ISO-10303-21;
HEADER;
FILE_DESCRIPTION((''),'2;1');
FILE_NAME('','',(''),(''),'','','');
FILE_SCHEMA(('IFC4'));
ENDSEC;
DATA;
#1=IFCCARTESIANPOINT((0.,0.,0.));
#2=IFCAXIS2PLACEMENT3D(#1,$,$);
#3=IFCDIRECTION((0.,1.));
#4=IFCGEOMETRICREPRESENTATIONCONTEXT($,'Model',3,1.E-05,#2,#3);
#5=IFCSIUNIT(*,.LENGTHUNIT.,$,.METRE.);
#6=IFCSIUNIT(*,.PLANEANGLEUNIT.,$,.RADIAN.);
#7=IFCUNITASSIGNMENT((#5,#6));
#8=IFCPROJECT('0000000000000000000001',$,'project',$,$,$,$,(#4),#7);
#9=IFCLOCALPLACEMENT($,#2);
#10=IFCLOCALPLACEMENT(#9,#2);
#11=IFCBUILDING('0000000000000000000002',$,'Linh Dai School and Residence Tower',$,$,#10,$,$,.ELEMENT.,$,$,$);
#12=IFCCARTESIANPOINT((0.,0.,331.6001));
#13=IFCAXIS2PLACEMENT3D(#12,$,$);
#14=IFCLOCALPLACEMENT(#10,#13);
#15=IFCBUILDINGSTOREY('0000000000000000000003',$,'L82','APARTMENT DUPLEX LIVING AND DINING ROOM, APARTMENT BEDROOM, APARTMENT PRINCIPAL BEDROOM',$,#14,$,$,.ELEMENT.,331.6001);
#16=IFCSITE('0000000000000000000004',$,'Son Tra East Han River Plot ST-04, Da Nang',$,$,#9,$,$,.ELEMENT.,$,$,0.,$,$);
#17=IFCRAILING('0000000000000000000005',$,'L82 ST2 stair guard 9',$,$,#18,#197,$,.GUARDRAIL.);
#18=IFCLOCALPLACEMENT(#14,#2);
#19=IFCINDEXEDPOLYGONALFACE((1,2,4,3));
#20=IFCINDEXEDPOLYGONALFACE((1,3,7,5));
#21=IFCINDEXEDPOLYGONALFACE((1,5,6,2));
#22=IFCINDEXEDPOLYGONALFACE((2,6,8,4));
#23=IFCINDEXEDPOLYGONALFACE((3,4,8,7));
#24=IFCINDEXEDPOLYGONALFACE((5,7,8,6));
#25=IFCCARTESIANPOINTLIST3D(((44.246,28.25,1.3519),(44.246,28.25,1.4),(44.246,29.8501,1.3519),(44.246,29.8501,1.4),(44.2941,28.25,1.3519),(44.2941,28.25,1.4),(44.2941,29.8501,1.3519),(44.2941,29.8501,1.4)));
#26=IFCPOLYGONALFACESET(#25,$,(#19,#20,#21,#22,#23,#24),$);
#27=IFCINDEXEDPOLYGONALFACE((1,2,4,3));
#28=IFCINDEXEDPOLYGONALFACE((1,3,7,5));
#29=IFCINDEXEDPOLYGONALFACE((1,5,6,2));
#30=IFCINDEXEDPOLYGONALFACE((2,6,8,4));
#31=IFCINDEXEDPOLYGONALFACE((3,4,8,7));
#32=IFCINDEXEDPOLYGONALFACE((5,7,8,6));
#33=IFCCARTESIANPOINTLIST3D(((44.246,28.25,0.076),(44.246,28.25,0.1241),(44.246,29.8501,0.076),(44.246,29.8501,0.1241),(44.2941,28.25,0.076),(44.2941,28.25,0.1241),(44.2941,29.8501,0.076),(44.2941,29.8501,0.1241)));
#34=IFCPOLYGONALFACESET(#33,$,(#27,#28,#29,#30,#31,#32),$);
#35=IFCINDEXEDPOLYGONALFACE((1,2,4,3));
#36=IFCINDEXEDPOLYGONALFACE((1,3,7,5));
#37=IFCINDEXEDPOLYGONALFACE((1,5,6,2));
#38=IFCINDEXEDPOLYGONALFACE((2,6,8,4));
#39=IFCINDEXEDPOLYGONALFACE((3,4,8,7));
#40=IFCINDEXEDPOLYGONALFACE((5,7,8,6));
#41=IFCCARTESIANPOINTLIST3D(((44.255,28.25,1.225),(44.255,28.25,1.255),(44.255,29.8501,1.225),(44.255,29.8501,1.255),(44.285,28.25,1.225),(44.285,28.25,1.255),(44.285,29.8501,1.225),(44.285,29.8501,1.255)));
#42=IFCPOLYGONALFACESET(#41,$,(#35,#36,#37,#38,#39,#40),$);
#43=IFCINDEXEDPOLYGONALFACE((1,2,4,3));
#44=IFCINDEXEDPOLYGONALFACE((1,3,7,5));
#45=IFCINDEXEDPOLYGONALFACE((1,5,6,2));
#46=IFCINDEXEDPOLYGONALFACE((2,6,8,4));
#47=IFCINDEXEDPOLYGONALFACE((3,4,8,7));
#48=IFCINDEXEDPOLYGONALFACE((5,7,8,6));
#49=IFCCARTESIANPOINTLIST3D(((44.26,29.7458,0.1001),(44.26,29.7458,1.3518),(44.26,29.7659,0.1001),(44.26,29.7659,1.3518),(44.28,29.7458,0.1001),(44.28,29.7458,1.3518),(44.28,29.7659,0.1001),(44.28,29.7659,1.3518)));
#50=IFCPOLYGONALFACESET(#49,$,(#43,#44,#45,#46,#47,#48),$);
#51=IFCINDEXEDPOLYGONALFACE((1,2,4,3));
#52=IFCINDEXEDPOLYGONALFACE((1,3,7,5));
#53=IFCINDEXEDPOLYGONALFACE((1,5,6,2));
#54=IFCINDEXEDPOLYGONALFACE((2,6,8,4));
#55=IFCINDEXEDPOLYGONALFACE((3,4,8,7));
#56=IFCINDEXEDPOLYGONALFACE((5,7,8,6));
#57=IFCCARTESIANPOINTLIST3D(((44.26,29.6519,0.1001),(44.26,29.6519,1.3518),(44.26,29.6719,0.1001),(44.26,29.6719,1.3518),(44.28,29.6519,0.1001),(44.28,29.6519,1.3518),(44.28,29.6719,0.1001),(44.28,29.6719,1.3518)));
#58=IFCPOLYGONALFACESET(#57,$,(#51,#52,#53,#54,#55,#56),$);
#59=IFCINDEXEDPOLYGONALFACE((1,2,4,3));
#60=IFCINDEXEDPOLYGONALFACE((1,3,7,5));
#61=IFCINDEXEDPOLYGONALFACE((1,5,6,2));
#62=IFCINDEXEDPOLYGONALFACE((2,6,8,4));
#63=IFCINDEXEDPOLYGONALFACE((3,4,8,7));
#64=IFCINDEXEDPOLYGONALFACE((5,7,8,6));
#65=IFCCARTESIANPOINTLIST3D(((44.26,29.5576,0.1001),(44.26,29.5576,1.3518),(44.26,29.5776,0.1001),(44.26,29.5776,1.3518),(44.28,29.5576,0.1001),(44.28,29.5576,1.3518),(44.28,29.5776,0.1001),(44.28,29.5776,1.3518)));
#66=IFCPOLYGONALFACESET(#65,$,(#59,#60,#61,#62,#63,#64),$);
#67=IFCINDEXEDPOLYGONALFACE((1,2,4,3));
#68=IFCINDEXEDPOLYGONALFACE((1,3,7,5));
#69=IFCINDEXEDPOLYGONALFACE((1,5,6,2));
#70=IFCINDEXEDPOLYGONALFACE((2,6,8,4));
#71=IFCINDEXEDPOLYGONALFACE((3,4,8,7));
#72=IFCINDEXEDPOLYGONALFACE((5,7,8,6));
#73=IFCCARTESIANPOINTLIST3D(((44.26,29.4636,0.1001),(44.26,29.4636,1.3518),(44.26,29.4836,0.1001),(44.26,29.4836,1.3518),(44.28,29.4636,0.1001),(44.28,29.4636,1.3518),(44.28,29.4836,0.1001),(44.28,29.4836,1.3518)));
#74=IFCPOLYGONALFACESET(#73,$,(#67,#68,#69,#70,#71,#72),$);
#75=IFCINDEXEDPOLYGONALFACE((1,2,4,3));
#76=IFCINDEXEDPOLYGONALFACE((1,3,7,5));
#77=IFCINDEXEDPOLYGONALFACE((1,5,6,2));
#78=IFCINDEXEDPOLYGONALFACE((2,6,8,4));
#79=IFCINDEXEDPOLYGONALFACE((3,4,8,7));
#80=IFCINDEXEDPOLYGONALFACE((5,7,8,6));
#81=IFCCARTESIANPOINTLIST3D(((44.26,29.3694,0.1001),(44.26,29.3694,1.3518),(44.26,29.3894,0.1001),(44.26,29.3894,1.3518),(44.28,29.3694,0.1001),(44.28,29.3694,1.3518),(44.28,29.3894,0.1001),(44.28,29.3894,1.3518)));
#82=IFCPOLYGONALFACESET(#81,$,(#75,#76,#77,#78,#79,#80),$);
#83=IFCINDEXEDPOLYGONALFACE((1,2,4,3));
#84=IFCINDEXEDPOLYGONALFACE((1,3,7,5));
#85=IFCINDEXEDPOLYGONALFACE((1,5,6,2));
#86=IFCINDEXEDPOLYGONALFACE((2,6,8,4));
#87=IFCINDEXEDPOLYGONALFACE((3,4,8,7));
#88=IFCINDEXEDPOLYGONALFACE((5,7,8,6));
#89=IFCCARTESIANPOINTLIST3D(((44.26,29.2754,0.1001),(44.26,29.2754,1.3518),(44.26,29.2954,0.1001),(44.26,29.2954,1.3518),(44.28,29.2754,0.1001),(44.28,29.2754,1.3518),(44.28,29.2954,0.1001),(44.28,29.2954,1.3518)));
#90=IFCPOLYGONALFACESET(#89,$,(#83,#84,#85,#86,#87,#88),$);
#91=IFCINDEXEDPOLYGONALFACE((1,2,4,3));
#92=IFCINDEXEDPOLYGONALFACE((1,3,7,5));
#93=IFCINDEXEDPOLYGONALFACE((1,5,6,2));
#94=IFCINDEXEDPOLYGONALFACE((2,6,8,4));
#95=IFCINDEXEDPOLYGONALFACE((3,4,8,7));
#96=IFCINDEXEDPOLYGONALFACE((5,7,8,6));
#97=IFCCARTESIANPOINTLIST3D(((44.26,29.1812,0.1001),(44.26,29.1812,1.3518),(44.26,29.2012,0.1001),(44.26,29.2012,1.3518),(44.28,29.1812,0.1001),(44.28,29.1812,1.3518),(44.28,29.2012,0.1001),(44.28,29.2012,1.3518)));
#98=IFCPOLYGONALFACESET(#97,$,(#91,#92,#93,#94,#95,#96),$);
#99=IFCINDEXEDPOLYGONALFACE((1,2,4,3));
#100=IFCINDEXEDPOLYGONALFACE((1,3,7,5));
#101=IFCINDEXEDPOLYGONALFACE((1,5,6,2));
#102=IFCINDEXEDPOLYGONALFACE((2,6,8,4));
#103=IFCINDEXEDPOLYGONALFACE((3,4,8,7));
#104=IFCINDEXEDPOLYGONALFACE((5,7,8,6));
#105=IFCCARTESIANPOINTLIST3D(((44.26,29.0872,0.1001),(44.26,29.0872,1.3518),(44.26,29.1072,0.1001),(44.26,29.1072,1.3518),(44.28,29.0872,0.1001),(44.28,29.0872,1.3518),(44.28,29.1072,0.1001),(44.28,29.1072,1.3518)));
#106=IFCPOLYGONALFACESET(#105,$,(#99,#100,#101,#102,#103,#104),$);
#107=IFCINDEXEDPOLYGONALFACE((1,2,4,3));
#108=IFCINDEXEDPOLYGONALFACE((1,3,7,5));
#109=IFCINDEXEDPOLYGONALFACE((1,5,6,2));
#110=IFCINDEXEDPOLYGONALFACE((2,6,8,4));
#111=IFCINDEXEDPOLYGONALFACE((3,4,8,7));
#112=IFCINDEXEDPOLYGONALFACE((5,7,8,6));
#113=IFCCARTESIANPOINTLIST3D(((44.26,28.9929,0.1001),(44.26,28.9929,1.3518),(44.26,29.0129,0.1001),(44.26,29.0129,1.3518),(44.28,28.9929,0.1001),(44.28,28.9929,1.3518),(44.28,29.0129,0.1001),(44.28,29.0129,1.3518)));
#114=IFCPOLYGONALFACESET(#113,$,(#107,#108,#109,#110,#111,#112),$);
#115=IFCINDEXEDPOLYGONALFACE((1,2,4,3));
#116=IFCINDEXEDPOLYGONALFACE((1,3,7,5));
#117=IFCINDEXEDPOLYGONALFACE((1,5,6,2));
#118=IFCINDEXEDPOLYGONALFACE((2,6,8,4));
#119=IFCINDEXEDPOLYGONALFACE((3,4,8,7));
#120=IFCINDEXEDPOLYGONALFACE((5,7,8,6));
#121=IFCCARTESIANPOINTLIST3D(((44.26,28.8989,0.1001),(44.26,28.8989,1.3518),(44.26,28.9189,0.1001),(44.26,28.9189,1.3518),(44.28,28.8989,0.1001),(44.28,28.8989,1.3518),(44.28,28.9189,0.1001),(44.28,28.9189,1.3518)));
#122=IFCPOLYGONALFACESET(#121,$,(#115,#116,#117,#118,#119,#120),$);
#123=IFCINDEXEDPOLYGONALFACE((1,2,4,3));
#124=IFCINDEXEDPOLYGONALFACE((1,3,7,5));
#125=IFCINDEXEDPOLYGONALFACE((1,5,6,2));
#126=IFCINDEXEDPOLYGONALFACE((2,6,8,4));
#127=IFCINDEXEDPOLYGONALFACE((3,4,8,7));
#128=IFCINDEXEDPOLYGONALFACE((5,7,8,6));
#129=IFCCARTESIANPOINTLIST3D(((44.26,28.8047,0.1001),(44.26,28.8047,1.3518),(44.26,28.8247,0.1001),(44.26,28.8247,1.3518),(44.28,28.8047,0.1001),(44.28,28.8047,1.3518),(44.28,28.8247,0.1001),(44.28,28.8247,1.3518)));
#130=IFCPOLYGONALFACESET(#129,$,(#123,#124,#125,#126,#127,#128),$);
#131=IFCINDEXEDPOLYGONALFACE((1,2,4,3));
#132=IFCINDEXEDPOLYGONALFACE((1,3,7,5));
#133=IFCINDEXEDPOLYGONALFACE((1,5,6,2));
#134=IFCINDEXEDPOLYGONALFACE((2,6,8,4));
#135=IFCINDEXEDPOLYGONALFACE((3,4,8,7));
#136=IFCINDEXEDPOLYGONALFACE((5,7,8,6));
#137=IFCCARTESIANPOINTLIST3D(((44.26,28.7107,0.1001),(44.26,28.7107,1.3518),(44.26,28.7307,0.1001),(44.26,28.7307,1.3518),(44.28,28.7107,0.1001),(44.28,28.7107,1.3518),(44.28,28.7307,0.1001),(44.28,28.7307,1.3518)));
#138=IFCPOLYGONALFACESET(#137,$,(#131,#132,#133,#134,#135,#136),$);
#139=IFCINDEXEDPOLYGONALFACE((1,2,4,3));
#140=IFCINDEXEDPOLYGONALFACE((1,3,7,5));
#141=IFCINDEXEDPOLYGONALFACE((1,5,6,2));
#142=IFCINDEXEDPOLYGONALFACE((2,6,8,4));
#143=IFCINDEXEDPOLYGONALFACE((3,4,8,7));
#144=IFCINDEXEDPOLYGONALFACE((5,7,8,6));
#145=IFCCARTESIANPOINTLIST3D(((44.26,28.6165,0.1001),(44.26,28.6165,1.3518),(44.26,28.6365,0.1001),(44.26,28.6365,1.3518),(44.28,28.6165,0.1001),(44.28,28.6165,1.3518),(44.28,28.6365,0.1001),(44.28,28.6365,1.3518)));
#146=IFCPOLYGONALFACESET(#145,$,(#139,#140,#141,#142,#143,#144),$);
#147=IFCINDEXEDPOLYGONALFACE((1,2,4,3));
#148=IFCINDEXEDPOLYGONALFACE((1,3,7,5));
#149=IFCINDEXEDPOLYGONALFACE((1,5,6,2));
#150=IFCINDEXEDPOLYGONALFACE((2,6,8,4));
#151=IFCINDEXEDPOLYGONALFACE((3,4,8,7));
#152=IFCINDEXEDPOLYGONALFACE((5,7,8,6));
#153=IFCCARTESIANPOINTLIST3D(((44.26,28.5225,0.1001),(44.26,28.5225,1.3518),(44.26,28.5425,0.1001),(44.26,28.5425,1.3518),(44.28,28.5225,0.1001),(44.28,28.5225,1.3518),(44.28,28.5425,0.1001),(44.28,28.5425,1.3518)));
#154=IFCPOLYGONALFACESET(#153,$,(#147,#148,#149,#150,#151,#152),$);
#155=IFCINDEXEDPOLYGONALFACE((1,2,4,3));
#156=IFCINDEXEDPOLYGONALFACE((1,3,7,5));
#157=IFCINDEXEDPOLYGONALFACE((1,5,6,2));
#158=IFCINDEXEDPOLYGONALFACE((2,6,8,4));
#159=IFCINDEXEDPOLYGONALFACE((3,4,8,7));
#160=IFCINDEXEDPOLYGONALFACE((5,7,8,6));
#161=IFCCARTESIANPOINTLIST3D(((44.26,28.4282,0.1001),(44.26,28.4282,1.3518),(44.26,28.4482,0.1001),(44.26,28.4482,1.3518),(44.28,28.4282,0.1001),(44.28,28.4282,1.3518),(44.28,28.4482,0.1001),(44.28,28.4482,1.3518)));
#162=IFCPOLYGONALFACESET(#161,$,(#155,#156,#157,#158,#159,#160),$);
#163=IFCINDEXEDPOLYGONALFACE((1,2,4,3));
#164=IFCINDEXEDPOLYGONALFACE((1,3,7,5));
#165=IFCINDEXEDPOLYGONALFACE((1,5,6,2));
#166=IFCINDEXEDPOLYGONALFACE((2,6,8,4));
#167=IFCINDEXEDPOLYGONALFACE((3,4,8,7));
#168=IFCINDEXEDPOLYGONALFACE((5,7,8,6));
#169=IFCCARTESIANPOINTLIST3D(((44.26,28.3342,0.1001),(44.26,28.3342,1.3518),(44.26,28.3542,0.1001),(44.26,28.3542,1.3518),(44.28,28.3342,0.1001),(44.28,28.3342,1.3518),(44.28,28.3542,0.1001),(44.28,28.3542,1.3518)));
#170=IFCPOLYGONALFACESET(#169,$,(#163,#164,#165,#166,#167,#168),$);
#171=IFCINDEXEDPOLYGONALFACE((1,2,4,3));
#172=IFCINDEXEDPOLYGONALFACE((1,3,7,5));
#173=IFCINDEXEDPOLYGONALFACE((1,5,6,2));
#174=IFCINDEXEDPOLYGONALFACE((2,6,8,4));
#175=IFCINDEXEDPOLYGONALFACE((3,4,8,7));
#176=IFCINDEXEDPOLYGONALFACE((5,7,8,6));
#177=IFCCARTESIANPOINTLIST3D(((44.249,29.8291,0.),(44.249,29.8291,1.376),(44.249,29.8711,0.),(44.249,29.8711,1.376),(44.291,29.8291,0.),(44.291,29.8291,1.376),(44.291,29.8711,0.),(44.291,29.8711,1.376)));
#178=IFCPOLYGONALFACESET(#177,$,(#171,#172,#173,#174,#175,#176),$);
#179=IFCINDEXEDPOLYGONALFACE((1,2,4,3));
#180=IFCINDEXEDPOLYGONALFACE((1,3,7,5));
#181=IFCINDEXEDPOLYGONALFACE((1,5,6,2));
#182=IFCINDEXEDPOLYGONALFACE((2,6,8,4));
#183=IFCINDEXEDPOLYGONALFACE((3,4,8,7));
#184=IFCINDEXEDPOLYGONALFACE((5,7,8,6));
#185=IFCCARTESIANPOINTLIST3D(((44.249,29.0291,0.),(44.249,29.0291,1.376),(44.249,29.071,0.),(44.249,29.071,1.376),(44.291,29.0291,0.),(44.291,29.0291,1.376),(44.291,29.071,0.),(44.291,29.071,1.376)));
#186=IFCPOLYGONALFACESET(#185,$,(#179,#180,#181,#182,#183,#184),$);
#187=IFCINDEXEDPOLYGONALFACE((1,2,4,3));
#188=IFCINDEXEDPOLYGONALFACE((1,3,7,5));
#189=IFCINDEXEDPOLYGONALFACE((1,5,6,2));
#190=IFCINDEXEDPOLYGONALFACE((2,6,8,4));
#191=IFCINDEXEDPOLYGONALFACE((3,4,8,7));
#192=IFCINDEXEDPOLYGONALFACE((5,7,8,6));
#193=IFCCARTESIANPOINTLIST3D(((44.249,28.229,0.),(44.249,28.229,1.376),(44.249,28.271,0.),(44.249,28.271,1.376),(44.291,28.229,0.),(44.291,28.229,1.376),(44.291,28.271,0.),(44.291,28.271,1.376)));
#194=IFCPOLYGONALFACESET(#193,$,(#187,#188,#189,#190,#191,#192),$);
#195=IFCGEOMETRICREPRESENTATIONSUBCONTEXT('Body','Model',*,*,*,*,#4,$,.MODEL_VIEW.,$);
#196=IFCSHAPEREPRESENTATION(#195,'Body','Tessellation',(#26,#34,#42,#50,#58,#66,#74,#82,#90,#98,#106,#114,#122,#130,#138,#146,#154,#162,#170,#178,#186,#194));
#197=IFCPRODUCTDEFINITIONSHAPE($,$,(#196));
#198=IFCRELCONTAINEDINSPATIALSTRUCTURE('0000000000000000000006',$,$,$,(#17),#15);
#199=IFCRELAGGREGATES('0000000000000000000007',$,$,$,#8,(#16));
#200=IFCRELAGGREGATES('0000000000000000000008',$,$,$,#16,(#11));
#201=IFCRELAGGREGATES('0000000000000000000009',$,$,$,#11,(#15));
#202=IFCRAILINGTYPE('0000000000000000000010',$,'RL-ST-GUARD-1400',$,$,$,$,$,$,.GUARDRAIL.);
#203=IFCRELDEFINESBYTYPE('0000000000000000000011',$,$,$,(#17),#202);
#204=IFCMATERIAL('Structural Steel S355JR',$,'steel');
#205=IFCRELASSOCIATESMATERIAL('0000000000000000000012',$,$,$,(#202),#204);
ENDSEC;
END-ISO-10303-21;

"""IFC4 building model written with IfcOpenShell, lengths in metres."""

from ifc_helpers import new_model, si_unit, direction, frame, origin, origin_2d, place, context, subcontext, project, spatial, rectangle, extrude, source, transform, mapped, material, type_object, element, save


model = new_model("IFC4")

# Units and contexts
model_context = context("Model", 3, precision=1e-05, world=origin(), true_north=direction((0.0, 1.0)))
body_context = subcontext(model_context, "Body", "Model", "MODEL_VIEW")
ifc_project = project(units=[si_unit("LENGTHUNIT", "METRE"), si_unit("PLANEANGLEUNIT", "RADIAN")], contexts=[model_context])

# Site, building, storey
site_placement = place(None, origin())
site = spatial("IfcSite", under=ifc_project, at=site_placement, Name="Son Tra East Han River Plot ST-04, Da Nang", CompositionType="ELEMENT", RefElevation=0.0)
building_placement = place(site_placement, origin())
building = spatial("IfcBuilding", under=site, at=building_placement, Name="Linh Dai School and Residence Tower", CompositionType="ELEMENT")
storey_placement = place(building_placement, frame((0.0, 0.0, 331.6001)))
storey = spatial("IfcBuildingStorey", under=building, at=storey_placement, Name="L82", Description="APARTMENT DUPLEX LIVING AND DINING ROOM, APARTMENT BEDROOM, APARTMENT PRINCIPAL BEDROOM", CompositionType="ELEMENT", Elevation=331.6001)

# Shared definitions
ifc_material_1 = material(Name="Structural Steel S355JR", Category="steel")

# Railing
railing_type_1 = type_object("IfcRailingType", Name="RL-ST-GUARD-1400", PredefinedType="GUARDRAIL", material=ifc_material_1)
shared_shape_1 = source(origin(), body_context, "Body", "SweptSolid", [
    extrude(rectangle(XDim=0.0481, YDim=0.0481, at=origin_2d()), frame((0.0, 0.0, 1.376), z_axis=(0.0, -1.0, 0.0), x_axis=(1.0, 0.0, 0.0)), (0.0, 0.0, 1.0), 1.6001),
    extrude(rectangle(XDim=0.0481, YDim=0.0481, at=origin_2d()), frame((0.0, 0.0, 0.1001), z_axis=(0.0, -1.0, 0.0), x_axis=(1.0, 0.0, 0.0)), (0.0, 0.0, 1.0), 1.6001),
    extrude(rectangle(XDim=0.03, YDim=0.03, at=origin_2d()), frame((0.0, 0.0, 1.24), z_axis=(0.0, -1.0, 0.0), x_axis=(1.0, 0.0, 0.0)), (0.0, 0.0, 1.0), 1.6001),
    extrude(rectangle(XDim=0.02, YDim=0.02, at=origin_2d()), frame((0.0, -0.0942, 0.1001)), (0.0, 0.0, 1.0), 1.2517),
    extrude(rectangle(XDim=0.02, YDim=0.02, at=origin_2d()), frame((0.0, -0.1882, 0.1001)), (0.0, 0.0, 1.0), 1.2517),
    extrude(rectangle(XDim=0.02, YDim=0.02, at=origin_2d()), frame((0.0, -0.2825, 0.1001)), (0.0, 0.0, 1.0), 1.2517),
    extrude(rectangle(XDim=0.02, YDim=0.02, at=origin_2d()), frame((0.0, -0.3765, 0.1001)), (0.0, 0.0, 1.0), 1.2517),
    extrude(rectangle(XDim=0.02, YDim=0.02, at=origin_2d()), frame((0.0, -0.4707, 0.1001)), (0.0, 0.0, 1.0), 1.2517),
    extrude(rectangle(XDim=0.02, YDim=0.02, at=origin_2d()), frame((0.0, -0.5647, 0.1001)), (0.0, 0.0, 1.0), 1.2517),
    extrude(rectangle(XDim=0.02, YDim=0.02, at=origin_2d()), frame((0.0, -0.6589, 0.1001)), (0.0, 0.0, 1.0), 1.2517),
    extrude(rectangle(XDim=0.02, YDim=0.02, at=origin_2d()), frame((0.0, -0.7529, 0.1001)), (0.0, 0.0, 1.0), 1.2517),
    extrude(rectangle(XDim=0.02, YDim=0.02, at=origin_2d()), frame((0.0, -0.8472, 0.1001)), (0.0, 0.0, 1.0), 1.2517),
    extrude(rectangle(XDim=0.02, YDim=0.02, at=origin_2d()), frame((0.0, -0.9412, 0.1001)), (0.0, 0.0, 1.0), 1.2517),
    extrude(rectangle(XDim=0.02, YDim=0.02, at=origin_2d()), frame((0.0, -1.0354, 0.1001)), (0.0, 0.0, 1.0), 1.2517),
    extrude(rectangle(XDim=0.02, YDim=0.02, at=origin_2d()), frame((0.0, -1.1294, 0.1001)), (0.0, 0.0, 1.0), 1.2517),
    extrude(rectangle(XDim=0.02, YDim=0.02, at=origin_2d()), frame((0.0, -1.2236, 0.1001)), (0.0, 0.0, 1.0), 1.2517),
    extrude(rectangle(XDim=0.02, YDim=0.02, at=origin_2d()), frame((0.0, -1.3176, 0.1001)), (0.0, 0.0, 1.0), 1.2517),
    extrude(rectangle(XDim=0.02, YDim=0.02, at=origin_2d()), frame((0.0, -1.4119, 0.1001)), (0.0, 0.0, 1.0), 1.2517),
    extrude(rectangle(XDim=0.02, YDim=0.02, at=origin_2d()), frame((0.0, -1.5059, 0.1001)), (0.0, 0.0, 1.0), 1.2517),
    extrude(rectangle(XDim=0.042, YDim=0.042, at=origin_2d()), origin(), (0.0, 0.0, 1.0), 1.376),
    extrude(rectangle(XDim=0.042, YDim=0.042, at=origin_2d()), frame((0.0, -0.8, 0.0)), (0.0, 0.0, 1.0), 1.376),
    extrude(rectangle(XDim=0.042, YDim=0.042, at=origin_2d()), frame((0.0, -1.6001, 0.0)), (0.0, 0.0, 1.0), 1.376),
])
for number, where, name in (
    (1, (44.27, 29.8501, 0.0), "L82 ST2 stair guard 9"),
):
    element("IfcRailing", number, at=place(storey_placement, frame(where)), inside=storey, type_object=railing_type_1, Name=name, PredefinedType="GUARDRAIL", context=body_context, shape_type="MappedRepresentation", body=[
        mapped(shared_shape_1, transform((0.0, 0.0, 0.0), x_axis=(1.0, 0.0, 0.0), y_axis=(0.0, 1.0, 0.0), z_axis=(0.0, 0.0, 1.0), scale=1.0)),
    ])

save(model, "model.ifc")
